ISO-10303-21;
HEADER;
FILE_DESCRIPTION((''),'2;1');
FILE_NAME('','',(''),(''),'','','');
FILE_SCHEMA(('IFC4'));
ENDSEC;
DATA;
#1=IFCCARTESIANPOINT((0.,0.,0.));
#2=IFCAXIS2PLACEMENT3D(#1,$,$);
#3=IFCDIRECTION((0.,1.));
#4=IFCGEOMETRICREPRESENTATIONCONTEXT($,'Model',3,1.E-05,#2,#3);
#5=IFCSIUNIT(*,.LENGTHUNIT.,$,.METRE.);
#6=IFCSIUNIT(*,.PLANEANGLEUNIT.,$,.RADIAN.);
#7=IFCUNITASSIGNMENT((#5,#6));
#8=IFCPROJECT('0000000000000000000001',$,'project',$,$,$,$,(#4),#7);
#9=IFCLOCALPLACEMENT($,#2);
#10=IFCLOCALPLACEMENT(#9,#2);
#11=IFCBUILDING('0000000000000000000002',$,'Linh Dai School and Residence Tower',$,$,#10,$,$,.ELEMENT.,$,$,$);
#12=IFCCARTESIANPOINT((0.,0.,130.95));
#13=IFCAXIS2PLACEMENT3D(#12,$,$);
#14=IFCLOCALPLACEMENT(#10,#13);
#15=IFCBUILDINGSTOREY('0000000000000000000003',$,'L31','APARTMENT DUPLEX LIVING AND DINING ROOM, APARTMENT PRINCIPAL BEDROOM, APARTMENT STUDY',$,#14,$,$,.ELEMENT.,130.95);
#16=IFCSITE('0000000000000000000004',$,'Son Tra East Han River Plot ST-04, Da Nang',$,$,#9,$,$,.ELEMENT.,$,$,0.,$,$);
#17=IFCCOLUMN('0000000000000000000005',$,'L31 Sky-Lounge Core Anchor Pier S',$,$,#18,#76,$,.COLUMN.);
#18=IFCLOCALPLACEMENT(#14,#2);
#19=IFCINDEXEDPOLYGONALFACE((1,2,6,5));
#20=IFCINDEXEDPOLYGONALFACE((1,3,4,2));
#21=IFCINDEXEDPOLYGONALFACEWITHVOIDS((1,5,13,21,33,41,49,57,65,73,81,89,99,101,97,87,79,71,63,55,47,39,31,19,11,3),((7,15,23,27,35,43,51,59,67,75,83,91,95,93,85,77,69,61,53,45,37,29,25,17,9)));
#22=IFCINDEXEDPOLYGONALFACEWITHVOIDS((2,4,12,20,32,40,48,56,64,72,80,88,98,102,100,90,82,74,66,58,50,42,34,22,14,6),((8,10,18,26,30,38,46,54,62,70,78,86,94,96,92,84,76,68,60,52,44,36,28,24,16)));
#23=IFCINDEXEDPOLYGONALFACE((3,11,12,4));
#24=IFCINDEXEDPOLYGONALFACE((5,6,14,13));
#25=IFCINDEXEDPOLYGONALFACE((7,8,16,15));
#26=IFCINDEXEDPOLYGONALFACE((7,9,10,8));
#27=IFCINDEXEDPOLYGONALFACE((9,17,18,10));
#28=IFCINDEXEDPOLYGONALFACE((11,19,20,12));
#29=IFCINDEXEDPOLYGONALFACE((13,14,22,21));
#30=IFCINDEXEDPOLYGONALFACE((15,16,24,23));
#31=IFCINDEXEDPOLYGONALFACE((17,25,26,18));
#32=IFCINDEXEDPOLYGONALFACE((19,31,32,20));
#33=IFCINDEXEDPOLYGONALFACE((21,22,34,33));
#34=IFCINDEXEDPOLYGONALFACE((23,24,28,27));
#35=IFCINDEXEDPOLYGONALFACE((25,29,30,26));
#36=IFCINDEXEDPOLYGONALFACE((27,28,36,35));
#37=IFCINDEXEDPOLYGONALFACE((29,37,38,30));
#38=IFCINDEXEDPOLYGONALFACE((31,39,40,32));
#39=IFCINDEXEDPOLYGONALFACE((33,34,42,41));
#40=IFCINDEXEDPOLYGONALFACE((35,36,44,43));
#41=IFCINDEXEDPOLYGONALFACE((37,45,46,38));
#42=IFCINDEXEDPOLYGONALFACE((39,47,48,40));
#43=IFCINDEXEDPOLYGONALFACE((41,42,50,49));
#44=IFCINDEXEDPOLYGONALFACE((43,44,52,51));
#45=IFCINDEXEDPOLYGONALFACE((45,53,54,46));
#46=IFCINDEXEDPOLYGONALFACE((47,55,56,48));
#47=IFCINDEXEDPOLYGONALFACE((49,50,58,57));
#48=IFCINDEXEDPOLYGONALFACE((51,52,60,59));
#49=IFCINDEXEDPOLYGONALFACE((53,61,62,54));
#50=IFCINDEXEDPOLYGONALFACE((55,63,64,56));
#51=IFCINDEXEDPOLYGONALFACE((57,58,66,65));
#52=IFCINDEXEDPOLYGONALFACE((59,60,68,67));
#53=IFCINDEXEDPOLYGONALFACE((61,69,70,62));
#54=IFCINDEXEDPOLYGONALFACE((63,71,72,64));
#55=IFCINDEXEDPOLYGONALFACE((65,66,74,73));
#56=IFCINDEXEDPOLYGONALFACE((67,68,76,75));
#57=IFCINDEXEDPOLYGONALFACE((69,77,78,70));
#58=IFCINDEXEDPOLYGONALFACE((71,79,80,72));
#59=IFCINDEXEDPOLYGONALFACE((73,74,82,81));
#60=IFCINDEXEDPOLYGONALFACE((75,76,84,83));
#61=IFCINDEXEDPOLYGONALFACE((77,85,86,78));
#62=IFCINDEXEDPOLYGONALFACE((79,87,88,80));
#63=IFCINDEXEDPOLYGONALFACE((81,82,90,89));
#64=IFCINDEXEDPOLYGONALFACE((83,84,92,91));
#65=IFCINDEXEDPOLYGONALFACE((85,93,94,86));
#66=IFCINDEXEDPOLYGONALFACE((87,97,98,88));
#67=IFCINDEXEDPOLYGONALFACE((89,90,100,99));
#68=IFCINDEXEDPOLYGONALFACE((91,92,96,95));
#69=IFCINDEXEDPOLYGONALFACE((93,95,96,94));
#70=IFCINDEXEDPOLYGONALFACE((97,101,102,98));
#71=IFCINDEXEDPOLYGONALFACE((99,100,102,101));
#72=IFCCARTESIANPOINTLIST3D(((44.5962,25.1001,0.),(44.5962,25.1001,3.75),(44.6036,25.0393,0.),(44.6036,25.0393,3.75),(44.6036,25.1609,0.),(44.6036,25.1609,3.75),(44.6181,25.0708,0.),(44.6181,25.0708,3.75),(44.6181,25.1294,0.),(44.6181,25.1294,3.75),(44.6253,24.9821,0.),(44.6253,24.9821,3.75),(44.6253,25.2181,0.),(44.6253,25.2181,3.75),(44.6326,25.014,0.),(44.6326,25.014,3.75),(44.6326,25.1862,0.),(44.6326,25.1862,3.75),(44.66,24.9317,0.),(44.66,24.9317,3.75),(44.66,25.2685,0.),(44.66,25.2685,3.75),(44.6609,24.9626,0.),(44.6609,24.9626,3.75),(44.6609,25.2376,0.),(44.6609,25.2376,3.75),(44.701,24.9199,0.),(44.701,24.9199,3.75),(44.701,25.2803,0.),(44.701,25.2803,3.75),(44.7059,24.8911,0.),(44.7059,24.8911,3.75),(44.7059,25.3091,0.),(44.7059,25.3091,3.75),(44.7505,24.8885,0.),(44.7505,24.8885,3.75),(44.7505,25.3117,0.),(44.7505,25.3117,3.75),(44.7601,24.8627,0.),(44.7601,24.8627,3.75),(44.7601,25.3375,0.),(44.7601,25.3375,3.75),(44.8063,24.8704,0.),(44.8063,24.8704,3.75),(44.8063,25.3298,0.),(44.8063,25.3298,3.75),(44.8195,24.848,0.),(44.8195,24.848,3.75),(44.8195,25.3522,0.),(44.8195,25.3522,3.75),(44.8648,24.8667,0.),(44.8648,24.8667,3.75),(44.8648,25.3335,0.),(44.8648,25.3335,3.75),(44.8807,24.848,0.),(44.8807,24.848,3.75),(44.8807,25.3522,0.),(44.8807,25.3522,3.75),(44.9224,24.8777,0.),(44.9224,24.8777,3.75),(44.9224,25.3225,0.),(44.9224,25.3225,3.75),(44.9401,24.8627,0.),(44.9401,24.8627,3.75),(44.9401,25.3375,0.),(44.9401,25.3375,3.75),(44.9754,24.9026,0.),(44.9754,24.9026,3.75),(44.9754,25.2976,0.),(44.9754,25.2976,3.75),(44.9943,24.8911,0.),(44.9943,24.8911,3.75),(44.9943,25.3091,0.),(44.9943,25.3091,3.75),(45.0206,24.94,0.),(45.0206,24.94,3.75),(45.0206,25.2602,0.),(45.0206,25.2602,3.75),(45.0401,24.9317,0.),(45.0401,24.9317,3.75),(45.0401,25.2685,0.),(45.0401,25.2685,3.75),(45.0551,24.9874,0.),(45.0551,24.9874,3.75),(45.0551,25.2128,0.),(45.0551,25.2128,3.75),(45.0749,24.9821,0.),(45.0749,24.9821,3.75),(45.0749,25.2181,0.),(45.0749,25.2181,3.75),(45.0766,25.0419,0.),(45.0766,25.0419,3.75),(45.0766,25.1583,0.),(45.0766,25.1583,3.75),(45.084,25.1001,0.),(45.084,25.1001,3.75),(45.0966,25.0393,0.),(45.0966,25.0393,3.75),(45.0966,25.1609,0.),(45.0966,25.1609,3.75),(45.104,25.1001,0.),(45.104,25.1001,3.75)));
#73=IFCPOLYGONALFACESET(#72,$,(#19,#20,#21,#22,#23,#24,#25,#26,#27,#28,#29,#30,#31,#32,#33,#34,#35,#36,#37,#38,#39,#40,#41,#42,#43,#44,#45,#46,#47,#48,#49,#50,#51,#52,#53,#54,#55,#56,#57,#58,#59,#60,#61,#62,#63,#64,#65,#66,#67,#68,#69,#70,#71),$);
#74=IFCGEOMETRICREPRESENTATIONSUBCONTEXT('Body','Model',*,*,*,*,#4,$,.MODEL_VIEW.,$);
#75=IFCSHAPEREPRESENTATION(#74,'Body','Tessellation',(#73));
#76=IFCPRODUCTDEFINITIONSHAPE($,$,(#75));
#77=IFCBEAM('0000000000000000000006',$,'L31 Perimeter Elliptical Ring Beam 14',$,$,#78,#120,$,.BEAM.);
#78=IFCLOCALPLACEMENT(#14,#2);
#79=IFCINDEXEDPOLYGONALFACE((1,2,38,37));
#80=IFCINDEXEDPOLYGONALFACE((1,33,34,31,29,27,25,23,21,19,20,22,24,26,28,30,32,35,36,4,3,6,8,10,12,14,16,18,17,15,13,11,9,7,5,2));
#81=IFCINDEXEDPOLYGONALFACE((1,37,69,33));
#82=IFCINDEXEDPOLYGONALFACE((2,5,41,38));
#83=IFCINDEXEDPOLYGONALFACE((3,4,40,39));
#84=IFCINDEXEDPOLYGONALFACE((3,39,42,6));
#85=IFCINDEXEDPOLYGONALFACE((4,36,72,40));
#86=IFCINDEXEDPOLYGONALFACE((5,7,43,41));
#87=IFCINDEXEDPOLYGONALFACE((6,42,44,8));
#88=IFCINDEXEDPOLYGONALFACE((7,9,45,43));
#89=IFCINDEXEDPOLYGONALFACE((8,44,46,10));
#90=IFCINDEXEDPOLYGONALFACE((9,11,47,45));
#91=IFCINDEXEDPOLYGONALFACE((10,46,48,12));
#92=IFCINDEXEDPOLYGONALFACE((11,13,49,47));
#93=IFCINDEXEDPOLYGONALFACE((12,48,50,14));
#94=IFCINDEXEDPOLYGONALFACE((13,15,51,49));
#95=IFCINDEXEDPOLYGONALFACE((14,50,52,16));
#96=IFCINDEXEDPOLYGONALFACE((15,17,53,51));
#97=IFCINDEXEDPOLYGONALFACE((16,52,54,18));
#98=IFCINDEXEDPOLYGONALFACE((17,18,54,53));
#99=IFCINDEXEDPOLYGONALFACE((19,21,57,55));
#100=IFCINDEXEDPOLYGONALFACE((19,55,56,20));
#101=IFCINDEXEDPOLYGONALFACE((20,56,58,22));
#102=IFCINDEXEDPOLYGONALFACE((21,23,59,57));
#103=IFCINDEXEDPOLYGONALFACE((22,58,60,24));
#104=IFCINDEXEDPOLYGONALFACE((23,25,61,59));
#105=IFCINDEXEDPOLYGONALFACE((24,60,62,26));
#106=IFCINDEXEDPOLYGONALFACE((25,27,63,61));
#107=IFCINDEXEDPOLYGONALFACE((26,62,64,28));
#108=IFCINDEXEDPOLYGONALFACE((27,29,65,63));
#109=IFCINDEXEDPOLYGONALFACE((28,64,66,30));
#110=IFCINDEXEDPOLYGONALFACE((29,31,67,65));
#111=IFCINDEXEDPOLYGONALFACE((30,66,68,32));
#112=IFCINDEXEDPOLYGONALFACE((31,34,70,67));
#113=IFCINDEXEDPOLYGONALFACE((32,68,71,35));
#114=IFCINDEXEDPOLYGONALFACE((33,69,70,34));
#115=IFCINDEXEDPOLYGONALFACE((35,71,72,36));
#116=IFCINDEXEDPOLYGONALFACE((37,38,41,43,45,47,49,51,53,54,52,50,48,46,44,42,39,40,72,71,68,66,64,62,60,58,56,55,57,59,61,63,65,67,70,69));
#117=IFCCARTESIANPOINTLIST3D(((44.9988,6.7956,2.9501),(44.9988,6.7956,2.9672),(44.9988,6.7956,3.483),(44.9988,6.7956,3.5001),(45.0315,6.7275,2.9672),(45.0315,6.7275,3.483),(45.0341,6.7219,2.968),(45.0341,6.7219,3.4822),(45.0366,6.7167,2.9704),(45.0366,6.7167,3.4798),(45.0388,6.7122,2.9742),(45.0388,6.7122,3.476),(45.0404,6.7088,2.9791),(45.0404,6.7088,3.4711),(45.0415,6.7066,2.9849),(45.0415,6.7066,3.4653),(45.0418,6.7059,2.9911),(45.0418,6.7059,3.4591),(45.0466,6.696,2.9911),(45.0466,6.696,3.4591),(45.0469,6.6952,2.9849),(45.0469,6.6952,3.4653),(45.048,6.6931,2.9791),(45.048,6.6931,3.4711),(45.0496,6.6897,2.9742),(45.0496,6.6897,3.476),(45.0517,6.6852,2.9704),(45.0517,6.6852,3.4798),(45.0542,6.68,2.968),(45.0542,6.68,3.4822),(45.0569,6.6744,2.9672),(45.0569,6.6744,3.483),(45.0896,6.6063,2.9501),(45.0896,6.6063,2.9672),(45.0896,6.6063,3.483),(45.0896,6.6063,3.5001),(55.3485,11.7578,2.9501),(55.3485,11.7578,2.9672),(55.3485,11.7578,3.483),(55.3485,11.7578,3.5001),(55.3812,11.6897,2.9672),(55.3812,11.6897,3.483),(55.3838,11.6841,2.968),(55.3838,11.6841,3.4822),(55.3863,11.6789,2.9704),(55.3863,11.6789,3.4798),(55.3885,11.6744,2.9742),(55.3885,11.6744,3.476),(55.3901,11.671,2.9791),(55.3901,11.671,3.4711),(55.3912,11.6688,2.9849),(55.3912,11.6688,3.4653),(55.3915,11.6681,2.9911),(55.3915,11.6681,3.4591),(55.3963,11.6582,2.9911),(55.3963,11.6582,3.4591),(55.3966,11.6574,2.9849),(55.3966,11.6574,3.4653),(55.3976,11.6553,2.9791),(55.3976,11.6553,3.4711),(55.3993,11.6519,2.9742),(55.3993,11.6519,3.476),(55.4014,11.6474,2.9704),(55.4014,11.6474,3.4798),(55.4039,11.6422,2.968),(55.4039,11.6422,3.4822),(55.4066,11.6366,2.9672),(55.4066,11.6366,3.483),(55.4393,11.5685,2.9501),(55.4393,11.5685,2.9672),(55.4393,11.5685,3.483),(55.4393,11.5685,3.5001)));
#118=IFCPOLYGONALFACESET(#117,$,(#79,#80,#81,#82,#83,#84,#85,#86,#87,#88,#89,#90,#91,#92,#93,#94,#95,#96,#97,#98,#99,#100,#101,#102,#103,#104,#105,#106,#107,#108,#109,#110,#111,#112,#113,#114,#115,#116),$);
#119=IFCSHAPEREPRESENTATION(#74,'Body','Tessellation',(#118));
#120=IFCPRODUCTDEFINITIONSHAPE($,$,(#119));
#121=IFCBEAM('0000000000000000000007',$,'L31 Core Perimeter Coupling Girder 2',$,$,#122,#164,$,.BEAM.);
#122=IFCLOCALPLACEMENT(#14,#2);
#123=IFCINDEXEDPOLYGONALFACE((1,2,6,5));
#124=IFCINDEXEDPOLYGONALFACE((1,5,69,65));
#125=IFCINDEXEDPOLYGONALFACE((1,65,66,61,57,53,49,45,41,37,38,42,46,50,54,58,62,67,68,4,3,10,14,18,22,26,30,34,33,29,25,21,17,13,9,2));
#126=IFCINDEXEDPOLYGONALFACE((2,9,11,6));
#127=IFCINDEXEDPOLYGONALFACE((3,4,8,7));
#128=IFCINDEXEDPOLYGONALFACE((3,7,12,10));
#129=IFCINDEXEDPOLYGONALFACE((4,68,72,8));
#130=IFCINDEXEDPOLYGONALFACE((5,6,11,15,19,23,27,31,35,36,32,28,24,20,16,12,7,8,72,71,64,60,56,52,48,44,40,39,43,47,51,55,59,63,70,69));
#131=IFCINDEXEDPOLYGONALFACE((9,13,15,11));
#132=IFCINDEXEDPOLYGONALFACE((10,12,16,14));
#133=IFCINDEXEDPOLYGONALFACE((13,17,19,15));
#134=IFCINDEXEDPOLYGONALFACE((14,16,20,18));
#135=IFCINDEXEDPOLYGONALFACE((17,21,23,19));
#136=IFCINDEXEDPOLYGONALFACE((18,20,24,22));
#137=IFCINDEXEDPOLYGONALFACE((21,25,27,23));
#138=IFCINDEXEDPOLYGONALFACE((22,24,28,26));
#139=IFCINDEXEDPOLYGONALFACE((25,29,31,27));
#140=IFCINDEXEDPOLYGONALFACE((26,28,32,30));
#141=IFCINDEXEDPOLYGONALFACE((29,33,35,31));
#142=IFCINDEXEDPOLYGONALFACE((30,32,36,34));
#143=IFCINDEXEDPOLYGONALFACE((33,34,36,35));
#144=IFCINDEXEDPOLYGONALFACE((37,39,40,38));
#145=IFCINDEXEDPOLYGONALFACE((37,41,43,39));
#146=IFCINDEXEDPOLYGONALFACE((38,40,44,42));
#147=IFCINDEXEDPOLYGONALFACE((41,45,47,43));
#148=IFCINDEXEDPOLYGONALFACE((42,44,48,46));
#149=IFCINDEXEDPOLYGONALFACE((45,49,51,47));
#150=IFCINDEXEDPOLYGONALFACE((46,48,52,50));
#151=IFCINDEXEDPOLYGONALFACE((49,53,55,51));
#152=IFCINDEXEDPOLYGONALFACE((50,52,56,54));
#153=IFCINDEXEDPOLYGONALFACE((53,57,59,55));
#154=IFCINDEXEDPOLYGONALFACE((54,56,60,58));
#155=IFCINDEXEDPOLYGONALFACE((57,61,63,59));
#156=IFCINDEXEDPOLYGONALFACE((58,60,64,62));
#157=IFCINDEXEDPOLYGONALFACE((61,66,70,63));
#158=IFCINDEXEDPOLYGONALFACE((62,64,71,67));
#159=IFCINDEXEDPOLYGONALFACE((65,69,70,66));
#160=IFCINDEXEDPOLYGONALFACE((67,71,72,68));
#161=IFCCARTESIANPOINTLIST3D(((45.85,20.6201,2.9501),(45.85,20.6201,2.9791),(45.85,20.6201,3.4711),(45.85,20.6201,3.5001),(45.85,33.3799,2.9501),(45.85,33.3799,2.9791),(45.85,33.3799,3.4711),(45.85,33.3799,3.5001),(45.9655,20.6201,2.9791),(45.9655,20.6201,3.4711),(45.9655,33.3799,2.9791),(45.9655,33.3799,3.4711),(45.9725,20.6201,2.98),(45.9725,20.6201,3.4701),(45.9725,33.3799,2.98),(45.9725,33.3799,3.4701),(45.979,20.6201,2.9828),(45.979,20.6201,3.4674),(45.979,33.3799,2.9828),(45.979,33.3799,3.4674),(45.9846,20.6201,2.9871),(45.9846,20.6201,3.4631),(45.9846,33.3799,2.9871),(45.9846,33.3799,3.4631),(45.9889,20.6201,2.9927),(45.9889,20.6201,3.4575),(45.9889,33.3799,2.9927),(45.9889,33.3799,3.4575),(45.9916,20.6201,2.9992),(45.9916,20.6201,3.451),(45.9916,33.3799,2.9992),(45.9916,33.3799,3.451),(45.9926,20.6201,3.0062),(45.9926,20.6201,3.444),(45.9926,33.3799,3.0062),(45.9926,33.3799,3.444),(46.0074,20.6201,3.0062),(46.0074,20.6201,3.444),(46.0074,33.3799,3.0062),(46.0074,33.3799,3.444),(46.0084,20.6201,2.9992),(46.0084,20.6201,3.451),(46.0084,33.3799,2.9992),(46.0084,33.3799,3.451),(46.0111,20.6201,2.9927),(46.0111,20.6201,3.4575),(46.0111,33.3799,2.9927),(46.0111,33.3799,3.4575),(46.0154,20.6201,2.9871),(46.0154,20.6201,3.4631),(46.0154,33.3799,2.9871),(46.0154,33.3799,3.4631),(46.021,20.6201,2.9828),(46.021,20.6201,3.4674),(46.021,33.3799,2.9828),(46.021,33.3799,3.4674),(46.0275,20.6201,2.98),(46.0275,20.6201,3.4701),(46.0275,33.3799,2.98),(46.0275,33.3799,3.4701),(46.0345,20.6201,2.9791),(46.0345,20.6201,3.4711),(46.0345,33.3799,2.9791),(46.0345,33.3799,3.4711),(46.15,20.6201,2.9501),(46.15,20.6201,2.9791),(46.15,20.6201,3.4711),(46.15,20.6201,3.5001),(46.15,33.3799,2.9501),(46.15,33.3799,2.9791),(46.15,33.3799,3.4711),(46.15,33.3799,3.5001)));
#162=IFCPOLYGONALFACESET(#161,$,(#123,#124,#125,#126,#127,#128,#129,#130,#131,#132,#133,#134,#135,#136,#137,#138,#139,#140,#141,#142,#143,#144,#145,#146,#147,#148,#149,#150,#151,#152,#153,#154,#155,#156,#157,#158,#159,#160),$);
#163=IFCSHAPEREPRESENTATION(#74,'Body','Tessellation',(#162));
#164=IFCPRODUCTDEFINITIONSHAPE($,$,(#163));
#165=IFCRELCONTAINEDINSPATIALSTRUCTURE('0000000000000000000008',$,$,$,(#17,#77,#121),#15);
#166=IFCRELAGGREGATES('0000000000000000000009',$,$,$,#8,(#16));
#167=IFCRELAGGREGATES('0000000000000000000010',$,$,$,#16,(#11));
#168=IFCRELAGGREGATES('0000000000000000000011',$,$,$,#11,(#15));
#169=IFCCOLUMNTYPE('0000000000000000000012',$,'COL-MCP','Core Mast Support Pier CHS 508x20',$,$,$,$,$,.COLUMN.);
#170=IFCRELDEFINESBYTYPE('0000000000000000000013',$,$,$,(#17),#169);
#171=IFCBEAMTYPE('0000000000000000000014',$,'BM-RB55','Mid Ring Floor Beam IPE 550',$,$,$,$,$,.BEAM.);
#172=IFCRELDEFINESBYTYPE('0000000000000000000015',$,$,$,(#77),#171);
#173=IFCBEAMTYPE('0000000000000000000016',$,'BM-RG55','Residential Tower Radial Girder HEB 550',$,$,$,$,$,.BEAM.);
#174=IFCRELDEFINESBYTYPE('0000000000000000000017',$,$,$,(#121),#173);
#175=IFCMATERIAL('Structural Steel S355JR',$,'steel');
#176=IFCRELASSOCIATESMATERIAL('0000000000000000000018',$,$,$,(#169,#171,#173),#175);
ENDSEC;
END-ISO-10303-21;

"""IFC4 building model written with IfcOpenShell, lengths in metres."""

from ifc_helpers import new_model, si_unit, direction, frame, origin, origin_2d, place, context, subcontext, project, spatial, hollow_circle, i_section, extrude, material, material_profile, profile_set, type_object, element, save


model = new_model("IFC4")

# Units and contexts
model_context = context("Model", 3, precision=1e-05, world=origin(), true_north=direction((0.0, 1.0)))
body_context = subcontext(model_context, "Body", "Model", "MODEL_VIEW")
ifc_project = project(units=[si_unit("LENGTHUNIT", "METRE"), si_unit("PLANEANGLEUNIT", "RADIAN")], contexts=[model_context])

# Site, building, storey
site_placement = place(None, origin())
site = spatial("IfcSite", under=ifc_project, at=site_placement, Name="Son Tra East Han River Plot ST-04, Da Nang", CompositionType="ELEMENT", RefElevation=0.0)
building_placement = place(site_placement, origin())
building = spatial("IfcBuilding", under=site, at=building_placement, Name="Linh Dai School and Residence Tower", CompositionType="ELEMENT")
storey_placement = place(building_placement, frame((0.0, 0.0, 130.95)))
storey = spatial("IfcBuildingStorey", under=building, at=storey_placement, Name="L31", Description="APARTMENT DUPLEX LIVING AND DINING ROOM, APARTMENT PRINCIPAL BEDROOM, APARTMENT STUDY", CompositionType="ELEMENT", Elevation=130.95)

# Column
ifc_material_1 = material(Name="Structural Steel S355JR", Category="steel")
ifc_material_profile_1 = material_profile(ifc_material_1, hollow_circle(Radius=0.2539, WallThickness=0.02, at=origin_2d()), Name="CHS 508x20")
ifc_profile_set_1 = profile_set([ifc_material_profile_1], Name="Structural Steel S355JR")
column_type_1 = type_object("IfcColumnType", Name="COL-MCP", Description="Core Mast Support Pier CHS 508x20", PredefinedType="COLUMN", material=ifc_profile_set_1)
column_1_placement = place(storey_placement, frame((44.8501, 25.1001, 0.0), z_axis=(0.0, 0.0, 1.0), x_axis=(1.0, 0.0, 0.0)))
element("IfcColumn", 1, at=column_1_placement, inside=storey, type_object=column_type_1, Name="L31 Sky-Lounge Core Anchor Pier S", PredefinedType="COLUMN", context=body_context, shape_type="SweptSolid", body=[
    extrude(hollow_circle(Radius=0.2539, WallThickness=0.02, at=origin_2d()), origin(), (0.0, 0.0, 1.0), 3.75),
])

# Beams
ifc_material_profile_2 = material_profile(ifc_material_1, i_section(OverallWidth=0.21, OverallDepth=0.55, WebThickness=0.011, FlangeThickness=0.0171, FilletRadius=0.0239, at=origin_2d()), Name="IPE 550")
ifc_profile_set_2 = profile_set([ifc_material_profile_2], Name="Structural Steel S355JR")
beam_type_1 = type_object("IfcBeamType", Name="BM-RB55", Description="Mid Ring Floor Beam IPE 550", PredefinedType="BEAM", material=ifc_profile_set_2)
beam_1_placement = place(storey_placement, frame((45.0442, 6.7009, 3.2251), z_axis=(0.901715, 0.432331, 0.0), x_axis=(-0.432331, 0.901715, 0.0)))
element("IfcBeam", 2, at=beam_1_placement, inside=storey, type_object=beam_type_1, Name="L31 Perimeter Elliptical Ring Beam 14", PredefinedType="BEAM", context=body_context, shape_type="SweptSolid", body=[
    extrude(i_section(OverallWidth=0.21, OverallDepth=0.55, WebThickness=0.011, FlangeThickness=0.0171, FilletRadius=0.0239, at=origin_2d()), origin(), (0.0, 0.0, 1.0), 11.4778),
])
ifc_material_profile_3 = material_profile(ifc_material_1, i_section(OverallWidth=0.3, OverallDepth=0.55, WebThickness=0.0149, FlangeThickness=0.0291, FilletRadius=0.0271, at=origin_2d()), Name="HEB 550")
ifc_profile_set_3 = profile_set([ifc_material_profile_3], Name="Structural Steel S355JR")
beam_type_2 = type_object("IfcBeamType", Name="BM-RG55", Description="Residential Tower Radial Girder HEB 550", PredefinedType="BEAM", material=ifc_profile_set_3)
beam_2_placement = place(storey_placement, frame((46.0, 20.6201, 3.2251), z_axis=(0.0, 1.0, 0.0), x_axis=(-1.0, 0.0, 0.0)))
element("IfcBeam", 3, at=beam_2_placement, inside=storey, type_object=beam_type_2, Name="L31 Core Perimeter Coupling Girder 2", PredefinedType="BEAM", context=body_context, shape_type="SweptSolid", body=[
    extrude(i_section(OverallWidth=0.3, OverallDepth=0.55, WebThickness=0.0149, FlangeThickness=0.0291, FilletRadius=0.0271, at=origin_2d()), origin(), (0.0, 0.0, 1.0), 12.7598),
])

save(model, "model.ifc")
